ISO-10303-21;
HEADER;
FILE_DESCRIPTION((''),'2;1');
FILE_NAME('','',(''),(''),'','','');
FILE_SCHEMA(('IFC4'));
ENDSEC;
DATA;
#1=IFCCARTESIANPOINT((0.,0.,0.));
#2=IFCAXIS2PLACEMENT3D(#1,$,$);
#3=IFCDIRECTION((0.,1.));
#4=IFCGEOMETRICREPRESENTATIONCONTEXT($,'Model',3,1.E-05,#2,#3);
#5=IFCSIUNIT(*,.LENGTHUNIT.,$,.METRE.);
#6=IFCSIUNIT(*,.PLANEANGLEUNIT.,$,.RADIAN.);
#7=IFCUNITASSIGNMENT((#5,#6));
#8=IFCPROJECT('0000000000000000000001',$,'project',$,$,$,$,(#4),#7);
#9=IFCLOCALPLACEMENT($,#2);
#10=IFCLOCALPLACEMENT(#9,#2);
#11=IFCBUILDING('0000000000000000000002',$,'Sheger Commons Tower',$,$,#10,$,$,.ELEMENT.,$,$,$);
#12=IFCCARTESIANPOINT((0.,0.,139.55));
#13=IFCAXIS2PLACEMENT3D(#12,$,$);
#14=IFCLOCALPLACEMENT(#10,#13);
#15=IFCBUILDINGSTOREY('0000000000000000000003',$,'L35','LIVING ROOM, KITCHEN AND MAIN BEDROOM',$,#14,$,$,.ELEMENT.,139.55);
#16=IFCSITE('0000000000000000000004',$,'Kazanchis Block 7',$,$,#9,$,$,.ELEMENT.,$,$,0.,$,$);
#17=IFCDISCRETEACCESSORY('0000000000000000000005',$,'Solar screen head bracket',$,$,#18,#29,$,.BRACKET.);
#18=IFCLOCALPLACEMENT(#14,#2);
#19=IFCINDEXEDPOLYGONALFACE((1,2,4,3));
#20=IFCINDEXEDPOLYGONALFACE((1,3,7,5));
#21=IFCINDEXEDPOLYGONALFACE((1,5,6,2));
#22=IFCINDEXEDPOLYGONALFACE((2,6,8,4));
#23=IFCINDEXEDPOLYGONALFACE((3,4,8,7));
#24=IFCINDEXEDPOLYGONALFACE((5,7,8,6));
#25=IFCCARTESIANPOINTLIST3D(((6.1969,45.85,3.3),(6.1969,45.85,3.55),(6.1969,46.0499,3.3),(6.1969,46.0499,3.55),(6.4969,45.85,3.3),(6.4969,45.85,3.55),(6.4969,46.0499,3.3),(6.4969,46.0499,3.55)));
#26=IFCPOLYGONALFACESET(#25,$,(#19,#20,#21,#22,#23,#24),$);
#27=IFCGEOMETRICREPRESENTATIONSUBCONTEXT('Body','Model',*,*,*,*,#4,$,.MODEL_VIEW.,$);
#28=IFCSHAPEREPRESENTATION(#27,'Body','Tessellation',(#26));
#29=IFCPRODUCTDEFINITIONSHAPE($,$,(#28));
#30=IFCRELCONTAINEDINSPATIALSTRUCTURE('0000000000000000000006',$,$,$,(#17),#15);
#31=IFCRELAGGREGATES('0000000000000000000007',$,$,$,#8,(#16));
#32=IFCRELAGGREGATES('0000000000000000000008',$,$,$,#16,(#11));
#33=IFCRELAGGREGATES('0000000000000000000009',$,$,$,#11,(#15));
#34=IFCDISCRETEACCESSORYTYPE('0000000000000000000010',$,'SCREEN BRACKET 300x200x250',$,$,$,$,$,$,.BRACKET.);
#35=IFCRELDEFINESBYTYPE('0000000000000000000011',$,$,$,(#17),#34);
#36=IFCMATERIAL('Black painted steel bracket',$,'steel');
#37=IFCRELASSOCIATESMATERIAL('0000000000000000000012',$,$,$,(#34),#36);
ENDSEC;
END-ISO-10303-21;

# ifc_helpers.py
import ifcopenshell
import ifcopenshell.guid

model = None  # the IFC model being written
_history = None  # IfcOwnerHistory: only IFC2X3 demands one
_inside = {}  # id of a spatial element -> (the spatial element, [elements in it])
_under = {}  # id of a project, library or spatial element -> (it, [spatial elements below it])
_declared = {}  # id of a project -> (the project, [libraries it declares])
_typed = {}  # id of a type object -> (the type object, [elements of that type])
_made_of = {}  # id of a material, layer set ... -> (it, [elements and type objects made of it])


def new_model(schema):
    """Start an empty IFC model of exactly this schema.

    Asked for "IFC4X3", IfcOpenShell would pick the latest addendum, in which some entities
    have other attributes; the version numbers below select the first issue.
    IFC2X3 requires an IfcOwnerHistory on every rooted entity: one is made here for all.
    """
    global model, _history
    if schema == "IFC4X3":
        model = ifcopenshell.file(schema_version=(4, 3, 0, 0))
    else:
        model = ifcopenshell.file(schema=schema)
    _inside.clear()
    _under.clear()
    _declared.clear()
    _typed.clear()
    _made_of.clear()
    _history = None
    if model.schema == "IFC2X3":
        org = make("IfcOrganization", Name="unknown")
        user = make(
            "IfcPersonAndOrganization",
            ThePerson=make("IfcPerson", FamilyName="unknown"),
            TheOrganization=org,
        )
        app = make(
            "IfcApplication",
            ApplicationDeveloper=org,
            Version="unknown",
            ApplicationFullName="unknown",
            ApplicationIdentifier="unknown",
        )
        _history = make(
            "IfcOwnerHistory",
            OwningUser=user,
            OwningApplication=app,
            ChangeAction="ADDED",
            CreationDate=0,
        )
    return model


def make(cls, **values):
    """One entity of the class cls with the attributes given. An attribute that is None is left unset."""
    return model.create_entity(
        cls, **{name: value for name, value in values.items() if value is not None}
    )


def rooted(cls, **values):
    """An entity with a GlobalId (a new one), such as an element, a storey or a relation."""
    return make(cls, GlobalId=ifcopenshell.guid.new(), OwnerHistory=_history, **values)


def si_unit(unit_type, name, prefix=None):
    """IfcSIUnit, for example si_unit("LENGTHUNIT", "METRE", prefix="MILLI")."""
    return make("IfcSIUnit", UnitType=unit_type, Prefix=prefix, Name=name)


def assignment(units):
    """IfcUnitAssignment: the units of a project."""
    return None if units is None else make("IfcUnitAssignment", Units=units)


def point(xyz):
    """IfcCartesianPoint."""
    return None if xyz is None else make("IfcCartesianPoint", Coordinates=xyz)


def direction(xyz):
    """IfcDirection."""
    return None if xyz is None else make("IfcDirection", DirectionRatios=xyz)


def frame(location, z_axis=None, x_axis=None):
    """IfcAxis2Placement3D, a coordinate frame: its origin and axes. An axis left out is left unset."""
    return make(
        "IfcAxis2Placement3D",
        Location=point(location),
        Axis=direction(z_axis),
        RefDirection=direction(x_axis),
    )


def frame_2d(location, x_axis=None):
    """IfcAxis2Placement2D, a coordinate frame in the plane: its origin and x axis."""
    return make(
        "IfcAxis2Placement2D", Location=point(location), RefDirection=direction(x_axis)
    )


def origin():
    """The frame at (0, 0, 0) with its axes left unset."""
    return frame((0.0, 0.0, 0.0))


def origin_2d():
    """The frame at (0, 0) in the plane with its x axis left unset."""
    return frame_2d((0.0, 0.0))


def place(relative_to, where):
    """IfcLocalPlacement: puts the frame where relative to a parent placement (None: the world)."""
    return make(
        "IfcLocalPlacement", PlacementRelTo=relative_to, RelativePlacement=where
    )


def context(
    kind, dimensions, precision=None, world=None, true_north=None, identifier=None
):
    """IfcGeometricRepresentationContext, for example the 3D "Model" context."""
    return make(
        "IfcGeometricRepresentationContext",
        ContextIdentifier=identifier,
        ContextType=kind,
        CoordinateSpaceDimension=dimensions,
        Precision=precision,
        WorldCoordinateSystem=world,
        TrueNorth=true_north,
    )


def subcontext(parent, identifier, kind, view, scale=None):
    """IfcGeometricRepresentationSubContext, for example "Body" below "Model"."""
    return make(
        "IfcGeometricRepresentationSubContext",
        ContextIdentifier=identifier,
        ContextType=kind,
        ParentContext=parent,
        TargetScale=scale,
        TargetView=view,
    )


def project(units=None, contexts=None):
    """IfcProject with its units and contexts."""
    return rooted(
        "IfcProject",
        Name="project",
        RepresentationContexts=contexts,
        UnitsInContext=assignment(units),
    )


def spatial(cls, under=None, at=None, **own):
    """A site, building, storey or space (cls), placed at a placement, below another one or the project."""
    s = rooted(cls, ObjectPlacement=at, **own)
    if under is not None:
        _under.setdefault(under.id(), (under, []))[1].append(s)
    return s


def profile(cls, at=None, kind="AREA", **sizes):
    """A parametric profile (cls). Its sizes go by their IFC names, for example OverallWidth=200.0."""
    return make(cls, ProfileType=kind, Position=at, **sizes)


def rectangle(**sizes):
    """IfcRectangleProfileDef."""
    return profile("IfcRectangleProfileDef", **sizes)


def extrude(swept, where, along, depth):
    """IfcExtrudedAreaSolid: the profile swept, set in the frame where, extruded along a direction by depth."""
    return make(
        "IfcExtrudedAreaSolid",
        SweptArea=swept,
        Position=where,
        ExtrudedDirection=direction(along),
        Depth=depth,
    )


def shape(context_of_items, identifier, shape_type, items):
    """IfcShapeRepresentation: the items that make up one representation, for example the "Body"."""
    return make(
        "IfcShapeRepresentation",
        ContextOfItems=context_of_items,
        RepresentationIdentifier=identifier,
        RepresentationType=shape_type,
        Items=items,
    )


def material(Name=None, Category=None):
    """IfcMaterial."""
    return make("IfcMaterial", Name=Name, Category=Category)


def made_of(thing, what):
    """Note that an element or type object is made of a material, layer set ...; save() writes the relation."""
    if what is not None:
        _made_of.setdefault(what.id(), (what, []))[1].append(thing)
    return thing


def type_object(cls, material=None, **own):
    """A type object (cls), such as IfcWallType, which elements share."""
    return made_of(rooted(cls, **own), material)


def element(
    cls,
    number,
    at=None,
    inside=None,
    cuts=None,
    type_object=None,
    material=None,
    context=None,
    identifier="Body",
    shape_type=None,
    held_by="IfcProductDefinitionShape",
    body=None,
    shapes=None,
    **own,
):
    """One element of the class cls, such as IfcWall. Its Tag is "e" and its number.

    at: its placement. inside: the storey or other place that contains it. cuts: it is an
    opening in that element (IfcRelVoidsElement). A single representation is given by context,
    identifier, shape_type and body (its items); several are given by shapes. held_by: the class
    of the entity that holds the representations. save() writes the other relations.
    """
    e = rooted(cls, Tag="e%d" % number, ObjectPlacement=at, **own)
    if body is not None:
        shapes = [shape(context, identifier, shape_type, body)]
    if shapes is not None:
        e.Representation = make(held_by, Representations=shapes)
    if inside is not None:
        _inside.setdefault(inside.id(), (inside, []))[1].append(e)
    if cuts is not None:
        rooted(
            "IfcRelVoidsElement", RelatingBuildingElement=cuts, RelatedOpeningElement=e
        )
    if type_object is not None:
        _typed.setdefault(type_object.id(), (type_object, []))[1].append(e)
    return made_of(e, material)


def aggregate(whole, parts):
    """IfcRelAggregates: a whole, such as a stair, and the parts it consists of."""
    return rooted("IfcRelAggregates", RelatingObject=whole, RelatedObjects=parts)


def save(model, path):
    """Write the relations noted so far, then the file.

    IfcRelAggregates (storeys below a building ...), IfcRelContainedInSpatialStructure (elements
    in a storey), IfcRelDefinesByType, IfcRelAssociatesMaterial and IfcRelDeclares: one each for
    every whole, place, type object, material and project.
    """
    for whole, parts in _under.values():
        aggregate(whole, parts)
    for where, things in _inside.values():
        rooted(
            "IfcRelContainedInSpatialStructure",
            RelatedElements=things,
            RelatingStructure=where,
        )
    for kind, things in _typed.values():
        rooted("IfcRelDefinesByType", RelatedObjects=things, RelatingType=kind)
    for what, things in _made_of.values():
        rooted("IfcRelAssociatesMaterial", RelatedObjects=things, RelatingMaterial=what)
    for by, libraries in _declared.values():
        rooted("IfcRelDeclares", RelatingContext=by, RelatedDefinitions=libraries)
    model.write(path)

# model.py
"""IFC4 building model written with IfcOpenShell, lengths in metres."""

from ifc_helpers import new_model, si_unit, direction, frame, origin, origin_2d, place, context, subcontext, project, spatial, rectangle, extrude, material, type_object, element, save


model = new_model("IFC4")

# Units and contexts
model_context = context("Model", 3, precision=1e-05, world=origin(), true_north=direction((0.0, 1.0)))
body_context = subcontext(model_context, "Body", "Model", "MODEL_VIEW")
ifc_project = project(units=[si_unit("LENGTHUNIT", "METRE"), si_unit("PLANEANGLEUNIT", "RADIAN")], contexts=[model_context])

# Site, building, storey
site_placement = place(None, origin())
site = spatial("IfcSite", under=ifc_project, at=site_placement, Name="Kazanchis Block 7", CompositionType="ELEMENT", RefElevation=0.0)
building_placement = place(site_placement, origin())
building = spatial("IfcBuilding", under=site, at=building_placement, Name="Sheger Commons Tower", CompositionType="ELEMENT")
storey_placement = place(building_placement, frame((0.0, 0.0, 139.55)))
storey = spatial("IfcBuildingStorey", under=building, at=storey_placement, Name="L35", Description="LIVING ROOM, KITCHEN AND MAIN BEDROOM", CompositionType="ELEMENT", Elevation=139.55)

# Discrete accessory
ifc_material_1 = material(Name="Black painted steel bracket", Category="steel")
discrete_accessory_type = type_object("IfcDiscreteAccessoryType", Name="SCREEN BRACKET 300x200x250", PredefinedType="BRACKET", material=ifc_material_1)
for number, where, z_axis, x_axis, name in (
    (1, (6.3469, 45.95, 3.3), (0.0, 0.0, 1.0), (-1.0, 0.0, 0.0), "Solar screen head bracket"),
):
    element("IfcDiscreteAccessory", number, at=place(storey_placement, frame(where, z_axis=z_axis, x_axis=x_axis)), inside=storey, type_object=discrete_accessory_type, Name=name, PredefinedType="BRACKET", context=body_context, shape_type="SweptSolid", body=[
        extrude(rectangle(XDim=0.3, YDim=0.2, at=origin_2d()), origin(), (0.0, 0.0, 1.0), 0.25),
    ])

save(model, "model.ifc")
